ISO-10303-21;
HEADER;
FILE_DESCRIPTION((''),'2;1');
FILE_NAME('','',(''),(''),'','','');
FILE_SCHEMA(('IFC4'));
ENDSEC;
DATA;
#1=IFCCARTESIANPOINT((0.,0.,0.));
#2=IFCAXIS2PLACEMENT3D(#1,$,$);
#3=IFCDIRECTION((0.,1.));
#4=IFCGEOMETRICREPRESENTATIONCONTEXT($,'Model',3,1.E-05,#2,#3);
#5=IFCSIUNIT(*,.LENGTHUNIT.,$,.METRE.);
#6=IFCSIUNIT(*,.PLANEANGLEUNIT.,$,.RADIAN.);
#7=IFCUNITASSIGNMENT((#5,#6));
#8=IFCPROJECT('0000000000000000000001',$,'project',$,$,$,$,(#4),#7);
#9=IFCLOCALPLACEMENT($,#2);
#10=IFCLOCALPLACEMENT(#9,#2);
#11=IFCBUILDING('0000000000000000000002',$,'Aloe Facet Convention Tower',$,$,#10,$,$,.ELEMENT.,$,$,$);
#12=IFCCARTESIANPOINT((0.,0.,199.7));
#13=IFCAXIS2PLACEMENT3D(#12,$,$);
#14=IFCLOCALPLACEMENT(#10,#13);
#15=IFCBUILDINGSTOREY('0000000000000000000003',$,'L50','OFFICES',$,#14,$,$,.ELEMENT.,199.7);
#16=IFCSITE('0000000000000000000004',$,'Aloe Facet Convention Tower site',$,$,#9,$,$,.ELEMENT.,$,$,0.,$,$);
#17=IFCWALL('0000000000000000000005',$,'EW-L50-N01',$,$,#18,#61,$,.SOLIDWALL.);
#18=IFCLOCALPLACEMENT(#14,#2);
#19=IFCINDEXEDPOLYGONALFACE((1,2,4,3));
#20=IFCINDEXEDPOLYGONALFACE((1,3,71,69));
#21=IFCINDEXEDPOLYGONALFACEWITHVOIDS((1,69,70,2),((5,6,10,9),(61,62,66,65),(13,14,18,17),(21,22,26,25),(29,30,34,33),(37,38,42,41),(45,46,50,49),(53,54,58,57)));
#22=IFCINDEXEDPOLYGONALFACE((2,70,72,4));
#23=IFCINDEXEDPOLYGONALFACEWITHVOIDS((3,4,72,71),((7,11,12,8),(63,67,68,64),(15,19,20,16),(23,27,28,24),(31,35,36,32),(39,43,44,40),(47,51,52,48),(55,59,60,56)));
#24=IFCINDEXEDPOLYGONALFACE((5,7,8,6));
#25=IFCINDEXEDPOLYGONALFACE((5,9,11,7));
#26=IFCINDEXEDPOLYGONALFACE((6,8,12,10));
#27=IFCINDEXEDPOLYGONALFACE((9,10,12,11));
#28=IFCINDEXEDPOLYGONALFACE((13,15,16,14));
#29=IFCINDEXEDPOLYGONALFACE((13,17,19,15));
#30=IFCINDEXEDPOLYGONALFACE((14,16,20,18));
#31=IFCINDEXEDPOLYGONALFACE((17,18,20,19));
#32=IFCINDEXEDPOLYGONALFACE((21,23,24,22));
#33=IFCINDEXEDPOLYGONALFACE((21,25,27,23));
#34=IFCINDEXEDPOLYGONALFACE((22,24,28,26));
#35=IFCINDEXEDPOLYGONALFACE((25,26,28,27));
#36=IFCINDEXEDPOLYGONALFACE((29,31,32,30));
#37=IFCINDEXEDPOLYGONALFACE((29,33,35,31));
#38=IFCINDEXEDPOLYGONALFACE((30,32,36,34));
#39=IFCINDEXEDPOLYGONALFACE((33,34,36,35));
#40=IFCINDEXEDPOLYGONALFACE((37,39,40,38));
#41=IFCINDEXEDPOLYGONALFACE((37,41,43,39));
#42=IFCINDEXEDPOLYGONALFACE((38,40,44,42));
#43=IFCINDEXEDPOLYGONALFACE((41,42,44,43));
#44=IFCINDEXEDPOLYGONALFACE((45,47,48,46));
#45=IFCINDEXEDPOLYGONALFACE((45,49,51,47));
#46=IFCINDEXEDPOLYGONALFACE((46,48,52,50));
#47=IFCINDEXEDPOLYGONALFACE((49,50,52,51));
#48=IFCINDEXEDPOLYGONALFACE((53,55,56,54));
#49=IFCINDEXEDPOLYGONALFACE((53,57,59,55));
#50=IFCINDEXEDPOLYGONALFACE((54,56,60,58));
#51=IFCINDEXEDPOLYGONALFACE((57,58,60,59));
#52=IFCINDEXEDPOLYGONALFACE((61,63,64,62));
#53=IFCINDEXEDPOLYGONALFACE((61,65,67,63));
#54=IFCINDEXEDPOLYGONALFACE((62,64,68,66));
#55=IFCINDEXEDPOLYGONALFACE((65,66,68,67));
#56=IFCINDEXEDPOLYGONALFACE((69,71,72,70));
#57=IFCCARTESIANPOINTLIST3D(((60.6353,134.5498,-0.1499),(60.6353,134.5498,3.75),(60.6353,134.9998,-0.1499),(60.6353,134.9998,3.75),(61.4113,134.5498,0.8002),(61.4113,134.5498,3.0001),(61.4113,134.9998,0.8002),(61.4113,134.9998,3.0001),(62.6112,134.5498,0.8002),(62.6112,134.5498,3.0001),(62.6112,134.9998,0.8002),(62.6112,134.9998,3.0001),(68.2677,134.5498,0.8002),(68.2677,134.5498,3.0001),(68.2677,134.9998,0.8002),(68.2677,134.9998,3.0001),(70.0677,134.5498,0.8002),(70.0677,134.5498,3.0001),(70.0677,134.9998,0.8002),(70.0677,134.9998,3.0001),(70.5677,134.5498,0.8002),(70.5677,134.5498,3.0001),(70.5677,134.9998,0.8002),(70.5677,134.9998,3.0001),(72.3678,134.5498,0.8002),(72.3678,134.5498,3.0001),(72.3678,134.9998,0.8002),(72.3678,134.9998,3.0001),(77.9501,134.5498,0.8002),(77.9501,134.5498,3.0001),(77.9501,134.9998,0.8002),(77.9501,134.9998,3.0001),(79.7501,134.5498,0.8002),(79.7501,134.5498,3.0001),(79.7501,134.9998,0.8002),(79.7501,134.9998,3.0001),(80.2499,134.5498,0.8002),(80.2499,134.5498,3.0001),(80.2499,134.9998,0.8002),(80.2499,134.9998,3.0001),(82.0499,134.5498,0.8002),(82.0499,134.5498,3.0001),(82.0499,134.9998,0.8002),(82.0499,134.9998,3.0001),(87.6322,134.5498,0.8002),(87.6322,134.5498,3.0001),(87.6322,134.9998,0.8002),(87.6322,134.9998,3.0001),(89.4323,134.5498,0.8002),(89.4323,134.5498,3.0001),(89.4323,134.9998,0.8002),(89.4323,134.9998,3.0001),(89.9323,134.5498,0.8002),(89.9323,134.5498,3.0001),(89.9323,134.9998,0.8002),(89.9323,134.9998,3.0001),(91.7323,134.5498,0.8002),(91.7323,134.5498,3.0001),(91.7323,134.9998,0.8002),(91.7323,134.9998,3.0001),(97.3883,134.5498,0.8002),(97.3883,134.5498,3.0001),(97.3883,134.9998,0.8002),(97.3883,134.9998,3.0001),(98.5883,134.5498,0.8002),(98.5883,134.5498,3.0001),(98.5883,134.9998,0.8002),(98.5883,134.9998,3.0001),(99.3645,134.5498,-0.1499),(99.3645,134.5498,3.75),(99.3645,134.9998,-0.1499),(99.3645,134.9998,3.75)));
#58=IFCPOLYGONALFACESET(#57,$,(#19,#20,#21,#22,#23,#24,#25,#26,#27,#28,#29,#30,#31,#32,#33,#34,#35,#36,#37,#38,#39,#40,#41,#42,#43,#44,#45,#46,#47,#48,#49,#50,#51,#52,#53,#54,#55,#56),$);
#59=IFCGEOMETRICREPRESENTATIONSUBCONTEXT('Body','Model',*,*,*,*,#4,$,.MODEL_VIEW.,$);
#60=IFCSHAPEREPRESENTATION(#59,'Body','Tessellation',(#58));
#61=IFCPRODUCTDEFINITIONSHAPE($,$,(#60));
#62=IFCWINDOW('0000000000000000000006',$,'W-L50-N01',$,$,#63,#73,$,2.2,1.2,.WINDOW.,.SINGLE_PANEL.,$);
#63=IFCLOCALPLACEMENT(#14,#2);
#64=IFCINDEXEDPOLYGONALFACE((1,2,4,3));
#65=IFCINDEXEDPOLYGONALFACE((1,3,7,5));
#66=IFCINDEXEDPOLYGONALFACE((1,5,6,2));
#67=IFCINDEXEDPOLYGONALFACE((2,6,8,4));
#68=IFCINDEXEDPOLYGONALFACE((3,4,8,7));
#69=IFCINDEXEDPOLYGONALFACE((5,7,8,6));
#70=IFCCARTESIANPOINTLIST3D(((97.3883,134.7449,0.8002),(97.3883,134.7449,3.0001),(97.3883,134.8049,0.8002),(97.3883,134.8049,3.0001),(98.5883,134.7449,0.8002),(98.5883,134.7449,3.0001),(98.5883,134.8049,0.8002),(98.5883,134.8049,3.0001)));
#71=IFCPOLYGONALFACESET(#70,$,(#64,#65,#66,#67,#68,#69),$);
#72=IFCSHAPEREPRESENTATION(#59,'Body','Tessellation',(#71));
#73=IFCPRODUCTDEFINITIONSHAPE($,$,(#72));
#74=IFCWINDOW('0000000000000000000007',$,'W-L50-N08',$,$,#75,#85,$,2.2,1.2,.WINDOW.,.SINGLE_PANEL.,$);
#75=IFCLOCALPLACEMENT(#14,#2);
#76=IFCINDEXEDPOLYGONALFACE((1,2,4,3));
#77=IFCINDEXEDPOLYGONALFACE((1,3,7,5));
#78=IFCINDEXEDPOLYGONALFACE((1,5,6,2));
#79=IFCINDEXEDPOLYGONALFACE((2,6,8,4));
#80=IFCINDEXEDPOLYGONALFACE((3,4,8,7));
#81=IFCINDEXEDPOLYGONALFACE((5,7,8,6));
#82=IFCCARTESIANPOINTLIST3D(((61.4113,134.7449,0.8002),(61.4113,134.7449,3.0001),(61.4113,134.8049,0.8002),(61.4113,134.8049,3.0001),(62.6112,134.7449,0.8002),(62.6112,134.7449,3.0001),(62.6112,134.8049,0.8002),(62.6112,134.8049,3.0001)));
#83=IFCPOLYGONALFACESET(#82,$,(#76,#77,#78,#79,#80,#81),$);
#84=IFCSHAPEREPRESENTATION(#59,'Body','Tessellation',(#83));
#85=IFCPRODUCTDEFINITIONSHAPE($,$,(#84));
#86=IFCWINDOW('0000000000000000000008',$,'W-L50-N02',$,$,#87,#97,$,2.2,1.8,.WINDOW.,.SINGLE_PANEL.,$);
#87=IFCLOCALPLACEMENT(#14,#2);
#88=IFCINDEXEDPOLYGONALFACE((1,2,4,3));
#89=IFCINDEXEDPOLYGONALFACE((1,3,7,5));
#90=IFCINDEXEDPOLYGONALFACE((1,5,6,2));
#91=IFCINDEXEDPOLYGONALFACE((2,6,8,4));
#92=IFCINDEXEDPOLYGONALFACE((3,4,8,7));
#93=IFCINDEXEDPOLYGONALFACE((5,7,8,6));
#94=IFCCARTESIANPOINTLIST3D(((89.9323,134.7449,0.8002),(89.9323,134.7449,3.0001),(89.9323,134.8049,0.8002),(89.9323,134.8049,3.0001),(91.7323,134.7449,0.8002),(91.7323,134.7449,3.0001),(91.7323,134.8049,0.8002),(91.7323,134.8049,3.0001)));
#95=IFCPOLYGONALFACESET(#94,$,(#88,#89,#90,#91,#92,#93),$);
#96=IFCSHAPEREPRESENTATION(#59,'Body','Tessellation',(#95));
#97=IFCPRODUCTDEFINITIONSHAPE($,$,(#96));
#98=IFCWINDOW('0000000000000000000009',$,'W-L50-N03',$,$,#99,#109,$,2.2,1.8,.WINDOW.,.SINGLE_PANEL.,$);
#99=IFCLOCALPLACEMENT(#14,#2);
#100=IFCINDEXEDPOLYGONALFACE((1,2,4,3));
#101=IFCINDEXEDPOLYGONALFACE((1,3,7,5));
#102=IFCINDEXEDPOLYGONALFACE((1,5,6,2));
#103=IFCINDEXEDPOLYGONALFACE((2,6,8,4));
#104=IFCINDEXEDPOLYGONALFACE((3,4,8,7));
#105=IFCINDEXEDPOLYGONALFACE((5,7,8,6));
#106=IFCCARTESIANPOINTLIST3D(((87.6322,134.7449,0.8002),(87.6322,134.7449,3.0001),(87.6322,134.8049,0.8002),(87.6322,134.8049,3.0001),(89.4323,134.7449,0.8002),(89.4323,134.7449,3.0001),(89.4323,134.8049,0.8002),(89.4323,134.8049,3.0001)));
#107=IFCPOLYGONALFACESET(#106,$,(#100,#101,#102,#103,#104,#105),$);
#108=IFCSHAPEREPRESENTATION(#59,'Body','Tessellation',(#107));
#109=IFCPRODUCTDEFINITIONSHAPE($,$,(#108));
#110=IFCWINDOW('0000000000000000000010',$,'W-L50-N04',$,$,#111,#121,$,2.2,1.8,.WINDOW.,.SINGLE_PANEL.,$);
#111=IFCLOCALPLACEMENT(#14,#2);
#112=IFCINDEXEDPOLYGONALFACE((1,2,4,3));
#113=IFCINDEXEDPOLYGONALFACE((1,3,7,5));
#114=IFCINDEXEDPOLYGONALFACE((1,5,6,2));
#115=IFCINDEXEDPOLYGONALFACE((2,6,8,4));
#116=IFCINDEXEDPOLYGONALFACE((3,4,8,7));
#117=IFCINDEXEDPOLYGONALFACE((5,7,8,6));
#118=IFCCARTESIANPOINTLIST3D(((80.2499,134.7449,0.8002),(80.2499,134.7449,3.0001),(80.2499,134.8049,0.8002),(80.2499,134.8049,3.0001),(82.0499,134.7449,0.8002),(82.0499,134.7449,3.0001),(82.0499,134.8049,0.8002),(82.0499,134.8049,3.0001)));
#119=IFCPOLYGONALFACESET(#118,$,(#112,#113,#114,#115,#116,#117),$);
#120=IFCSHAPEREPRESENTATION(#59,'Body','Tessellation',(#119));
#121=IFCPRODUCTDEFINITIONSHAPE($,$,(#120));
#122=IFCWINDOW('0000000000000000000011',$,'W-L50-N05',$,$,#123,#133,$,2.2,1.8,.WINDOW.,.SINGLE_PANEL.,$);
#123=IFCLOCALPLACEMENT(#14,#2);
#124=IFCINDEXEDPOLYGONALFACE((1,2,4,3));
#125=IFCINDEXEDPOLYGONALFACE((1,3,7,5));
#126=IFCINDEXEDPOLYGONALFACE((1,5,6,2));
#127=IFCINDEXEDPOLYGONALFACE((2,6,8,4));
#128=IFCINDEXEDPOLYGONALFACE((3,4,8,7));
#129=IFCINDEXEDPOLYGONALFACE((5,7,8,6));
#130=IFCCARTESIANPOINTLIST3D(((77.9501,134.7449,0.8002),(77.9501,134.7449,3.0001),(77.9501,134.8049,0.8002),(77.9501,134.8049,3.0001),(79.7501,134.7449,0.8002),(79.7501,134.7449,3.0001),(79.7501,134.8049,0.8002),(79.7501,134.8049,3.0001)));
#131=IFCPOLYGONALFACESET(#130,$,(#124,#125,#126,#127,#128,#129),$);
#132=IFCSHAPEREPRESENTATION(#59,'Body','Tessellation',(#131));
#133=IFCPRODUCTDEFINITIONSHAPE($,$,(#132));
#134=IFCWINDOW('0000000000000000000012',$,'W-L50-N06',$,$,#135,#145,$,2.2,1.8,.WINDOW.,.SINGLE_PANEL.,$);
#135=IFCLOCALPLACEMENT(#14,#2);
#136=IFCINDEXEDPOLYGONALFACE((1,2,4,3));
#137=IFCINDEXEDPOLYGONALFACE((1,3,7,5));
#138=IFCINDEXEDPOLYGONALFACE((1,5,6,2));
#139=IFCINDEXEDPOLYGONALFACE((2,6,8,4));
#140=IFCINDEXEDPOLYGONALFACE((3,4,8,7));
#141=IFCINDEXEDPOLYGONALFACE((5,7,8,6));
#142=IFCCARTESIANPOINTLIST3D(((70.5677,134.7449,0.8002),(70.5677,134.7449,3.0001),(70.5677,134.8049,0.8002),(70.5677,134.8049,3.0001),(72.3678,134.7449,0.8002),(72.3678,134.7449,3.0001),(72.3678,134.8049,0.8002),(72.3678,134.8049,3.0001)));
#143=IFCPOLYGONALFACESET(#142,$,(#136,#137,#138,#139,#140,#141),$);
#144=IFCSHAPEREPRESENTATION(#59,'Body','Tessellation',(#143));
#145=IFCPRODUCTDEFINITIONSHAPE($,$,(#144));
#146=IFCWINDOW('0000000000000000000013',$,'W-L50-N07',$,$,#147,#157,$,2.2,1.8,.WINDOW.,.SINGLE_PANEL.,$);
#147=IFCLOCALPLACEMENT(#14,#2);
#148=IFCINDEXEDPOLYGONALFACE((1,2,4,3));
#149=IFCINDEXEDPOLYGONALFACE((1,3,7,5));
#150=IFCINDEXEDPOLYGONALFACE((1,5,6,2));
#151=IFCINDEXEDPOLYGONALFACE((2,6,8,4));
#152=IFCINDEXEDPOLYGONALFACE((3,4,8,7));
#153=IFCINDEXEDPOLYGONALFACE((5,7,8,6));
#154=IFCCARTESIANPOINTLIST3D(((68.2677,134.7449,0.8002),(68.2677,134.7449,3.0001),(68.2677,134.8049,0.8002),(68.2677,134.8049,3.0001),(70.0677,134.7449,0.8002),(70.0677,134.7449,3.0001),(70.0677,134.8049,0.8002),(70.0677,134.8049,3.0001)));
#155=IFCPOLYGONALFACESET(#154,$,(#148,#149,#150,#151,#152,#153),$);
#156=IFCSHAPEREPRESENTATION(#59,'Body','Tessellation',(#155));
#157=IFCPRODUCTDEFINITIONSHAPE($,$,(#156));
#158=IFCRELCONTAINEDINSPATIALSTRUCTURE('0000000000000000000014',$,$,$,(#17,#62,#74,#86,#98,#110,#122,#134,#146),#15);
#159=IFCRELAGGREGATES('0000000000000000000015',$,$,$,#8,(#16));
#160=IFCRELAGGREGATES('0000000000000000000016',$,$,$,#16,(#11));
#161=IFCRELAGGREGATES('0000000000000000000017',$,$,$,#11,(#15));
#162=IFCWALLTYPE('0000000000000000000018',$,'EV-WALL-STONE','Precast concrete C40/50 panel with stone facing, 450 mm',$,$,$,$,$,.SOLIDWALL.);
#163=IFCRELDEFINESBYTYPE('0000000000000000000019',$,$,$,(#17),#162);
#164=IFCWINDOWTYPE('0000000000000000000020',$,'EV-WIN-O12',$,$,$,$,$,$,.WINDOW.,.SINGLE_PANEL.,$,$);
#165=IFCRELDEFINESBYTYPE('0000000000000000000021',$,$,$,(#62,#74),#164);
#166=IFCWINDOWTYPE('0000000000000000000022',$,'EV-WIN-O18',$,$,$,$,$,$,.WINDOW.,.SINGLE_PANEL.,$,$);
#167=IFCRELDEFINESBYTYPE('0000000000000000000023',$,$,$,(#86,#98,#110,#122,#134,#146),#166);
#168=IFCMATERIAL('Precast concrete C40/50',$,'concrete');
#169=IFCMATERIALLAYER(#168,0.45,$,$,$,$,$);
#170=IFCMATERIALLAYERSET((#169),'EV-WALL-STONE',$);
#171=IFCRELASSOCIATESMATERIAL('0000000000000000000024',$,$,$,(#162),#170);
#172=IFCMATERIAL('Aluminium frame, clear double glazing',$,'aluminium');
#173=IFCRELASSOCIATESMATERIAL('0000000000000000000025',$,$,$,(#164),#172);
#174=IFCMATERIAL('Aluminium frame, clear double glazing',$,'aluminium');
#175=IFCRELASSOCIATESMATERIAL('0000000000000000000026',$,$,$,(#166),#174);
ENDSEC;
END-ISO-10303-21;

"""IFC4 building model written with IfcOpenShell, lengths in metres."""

from ifc_helpers import new_model, si_unit, direction, frame, frame_2d, origin, place, context, subcontext, project, spatial, polyline, rectangle, outline, extrude, material, layer, layer_set, type_object, element, fill, save


model = new_model("IFC4")

# Units and contexts
model_context = context("Model", 3, precision=1e-05, world=origin(), true_north=direction((0.0, 1.0)))
body_context = subcontext(model_context, "Body", "Model", "MODEL_VIEW")
ifc_project = project(units=[si_unit("LENGTHUNIT", "METRE"), si_unit("PLANEANGLEUNIT", "RADIAN")], contexts=[model_context])

# Site, building, storey
site_placement = place(None, origin())
site = spatial("IfcSite", under=ifc_project, at=site_placement, Name="Aloe Facet Convention Tower site", CompositionType="ELEMENT", RefElevation=0.0)
building_placement = place(site_placement, origin())
building = spatial("IfcBuilding", under=site, at=building_placement, Name="Aloe Facet Convention Tower", CompositionType="ELEMENT")
storey_placement = place(building_placement, frame((0.0, 0.0, 199.7)))
storey = spatial("IfcBuildingStorey", under=building, at=storey_placement, Name="L50", Description="OFFICES", CompositionType="ELEMENT", Elevation=199.7)

# Wall, openings, windows
ifc_material_1 = material(Name="Precast concrete C40/50", Category="concrete")
ifc_layer_1 = layer(ifc_material_1, 0.45)
ifc_layer_set_1 = layer_set([ifc_layer_1], Name="EV-WALL-STONE")
wall_type_1 = type_object("IfcWallType", Name="EV-WALL-STONE", Description="Precast concrete C40/50 panel with stone facing, 450 mm", PredefinedType="SOLIDWALL", material=ifc_layer_set_1)
wall_1_placement = place(storey_placement, frame((99.3645, 134.7749, -0.1499), z_axis=(0.0, 0.0, 1.0), x_axis=(-1.0, 0.0, 0.0)))
wall_1 = element("IfcWall", 1, at=wall_1_placement, inside=storey, type_object=wall_type_1, Name="EW-L50-N01", PredefinedType="SOLIDWALL", context=body_context, shape_type="SweptSolid", body=[
    extrude(outline(polyline([(38.7292, 0.0), (38.7292, 3.8999), (0.0, 3.8999), (0.0, 0.0), (38.7292, 0.0)])), frame((0.0, 0.2251, 0.0), z_axis=(0.0, -1.0, 0.0), x_axis=(1.0, 0.0, 0.0)), (0.0, 0.0, 1.0), 0.45),
])
opening_1_placement = place(wall_1_placement, frame((0.7761, 0.0, 0.95)))
opening_1 = element("IfcOpeningElement", 2, at=opening_1_placement, cuts=wall_1, PredefinedType="OPENING", context=body_context, shape_type="SweptSolid", body=[
    extrude(rectangle(XDim=1.2, YDim=2.2, at=frame_2d((0.6001, 1.1001))), frame((0.0, 0.2349, 0.0), z_axis=(0.0, -1.0, 0.0), x_axis=(1.0, 0.0, 0.0)), (0.0, 0.0, 1.0), 0.47),
])
opening_2_placement = place(wall_1_placement, frame((7.6323, 0.0, 0.95)))
opening_2 = element("IfcOpeningElement", 3, at=opening_2_placement, cuts=wall_1, PredefinedType="OPENING", context=body_context, shape_type="SweptSolid", body=[
    extrude(rectangle(XDim=1.8, YDim=2.2, at=frame_2d((0.8999, 1.1001))), frame((0.0, 0.2349, 0.0), z_axis=(0.0, -1.0, 0.0), x_axis=(1.0, 0.0, 0.0)), (0.0, 0.0, 1.0), 0.47),
])
opening_3_placement = place(wall_1_placement, frame((9.9324, 0.0, 0.95)))
opening_3 = element("IfcOpeningElement", 4, at=opening_3_placement, cuts=wall_1, PredefinedType="OPENING", context=body_context, shape_type="SweptSolid", body=[
    extrude(rectangle(XDim=1.8, YDim=2.2, at=frame_2d((0.8999, 1.1001))), frame((0.0, 0.2349, 0.0), z_axis=(0.0, -1.0, 0.0), x_axis=(1.0, 0.0, 0.0)), (0.0, 0.0, 1.0), 0.47),
])
opening_4_placement = place(wall_1_placement, frame((17.3147, 0.0, 0.95)))
opening_4 = element("IfcOpeningElement", 5, at=opening_4_placement, cuts=wall_1, PredefinedType="OPENING", context=body_context, shape_type="SweptSolid", body=[
    extrude(rectangle(XDim=1.8, YDim=2.2, at=frame_2d((0.8999, 1.1001))), frame((0.0, 0.2349, 0.0), z_axis=(0.0, -1.0, 0.0), x_axis=(1.0, 0.0, 0.0)), (0.0, 0.0, 1.0), 0.47),
])
opening_5_placement = place(wall_1_placement, frame((19.6145, 0.0, 0.95)))
opening_5 = element("IfcOpeningElement", 6, at=opening_5_placement, cuts=wall_1, PredefinedType="OPENING", context=body_context, shape_type="SweptSolid", body=[
    extrude(rectangle(XDim=1.8, YDim=2.2, at=frame_2d((0.8999, 1.1001))), frame((0.0, 0.2349, 0.0), z_axis=(0.0, -1.0, 0.0), x_axis=(1.0, 0.0, 0.0)), (0.0, 0.0, 1.0), 0.47),
])
opening_6_placement = place(wall_1_placement, frame((26.9968, 0.0, 0.95)))
opening_6 = element("IfcOpeningElement", 7, at=opening_6_placement, cuts=wall_1, PredefinedType="OPENING", context=body_context, shape_type="SweptSolid", body=[
    extrude(rectangle(XDim=1.8, YDim=2.2, at=frame_2d((0.8999, 1.1001))), frame((0.0, 0.2349, 0.0), z_axis=(0.0, -1.0, 0.0), x_axis=(1.0, 0.0, 0.0)), (0.0, 0.0, 1.0), 0.47),
])
opening_7_placement = place(wall_1_placement, frame((29.2969, 0.0, 0.95)))
opening_7 = element("IfcOpeningElement", 8, at=opening_7_placement, cuts=wall_1, PredefinedType="OPENING", context=body_context, shape_type="SweptSolid", body=[
    extrude(rectangle(XDim=1.8, YDim=2.2, at=frame_2d((0.8999, 1.1001))), frame((0.0, 0.2349, 0.0), z_axis=(0.0, -1.0, 0.0), x_axis=(1.0, 0.0, 0.0)), (0.0, 0.0, 1.0), 0.47),
])
opening_8_placement = place(wall_1_placement, frame((36.7532, 0.0, 0.95)))
opening_8 = element("IfcOpeningElement", 9, at=opening_8_placement, cuts=wall_1, PredefinedType="OPENING", context=body_context, shape_type="SweptSolid", body=[
    extrude(rectangle(XDim=1.2, YDim=2.2, at=frame_2d((0.6001, 1.1001))), frame((0.0, 0.2349, 0.0), z_axis=(0.0, -1.0, 0.0), x_axis=(1.0, 0.0, 0.0)), (0.0, 0.0, 1.0), 0.47),
])
ifc_material_2 = material(Name="Aluminium frame, clear double glazing", Category="aluminium")
window_type_1 = type_object("IfcWindowType", Name="EV-WIN-O12", PartitioningType="SINGLE_PANEL", PredefinedType="WINDOW", material=ifc_material_2)
window_1_placement = place(opening_1_placement, origin())
window_1 = element("IfcWindow", 10, at=window_1_placement, inside=storey, type_object=window_type_1, Name="W-L50-N01", OverallHeight=2.2, OverallWidth=1.2, PartitioningType="SINGLE_PANEL", PredefinedType="WINDOW", context=body_context, shape_type="SweptSolid", body=[
    extrude(rectangle(XDim=1.2, YDim=2.2, at=frame_2d((0.6001, 1.1001))), frame((0.0, 0.03, 0.0), z_axis=(0.0, -1.0, 0.0), x_axis=(1.0, 0.0, 0.0)), (0.0, 0.0, 1.0), 0.0601),
])
fill(opening_1, window_1)
window_2_placement = place(opening_8_placement, origin())
window_2 = element("IfcWindow", 11, at=window_2_placement, inside=storey, type_object=window_type_1, Name="W-L50-N08", OverallHeight=2.2, OverallWidth=1.2, PartitioningType="SINGLE_PANEL", PredefinedType="WINDOW", context=body_context, shape_type="SweptSolid", body=[
    extrude(rectangle(XDim=1.2, YDim=2.2, at=frame_2d((0.6001, 1.1001))), frame((0.0, 0.03, 0.0), z_axis=(0.0, -1.0, 0.0), x_axis=(1.0, 0.0, 0.0)), (0.0, 0.0, 1.0), 0.0601),
])
fill(opening_8, window_2)
ifc_material_3 = material(Name="Aluminium frame, clear double glazing", Category="aluminium")
window_type_2 = type_object("IfcWindowType", Name="EV-WIN-O18", PartitioningType="SINGLE_PANEL", PredefinedType="WINDOW", material=ifc_material_3)
window_3_placement = place(opening_2_placement, origin())
window_3 = element("IfcWindow", 12, at=window_3_placement, inside=storey, type_object=window_type_2, Name="W-L50-N02", OverallHeight=2.2, OverallWidth=1.8, PartitioningType="SINGLE_PANEL", PredefinedType="WINDOW", context=body_context, shape_type="SweptSolid", body=[
    extrude(rectangle(XDim=1.8, YDim=2.2, at=frame_2d((0.8999, 1.1001))), frame((0.0, 0.03, 0.0), z_axis=(0.0, -1.0, 0.0), x_axis=(1.0, 0.0, 0.0)), (0.0, 0.0, 1.0), 0.0601),
])
fill(opening_2, window_3)
window_4_placement = place(opening_3_placement, origin())
window_4 = element("IfcWindow", 13, at=window_4_placement, inside=storey, type_object=window_type_2, Name="W-L50-N03", OverallHeight=2.2, OverallWidth=1.8, PartitioningType="SINGLE_PANEL", PredefinedType="WINDOW", context=body_context, shape_type="SweptSolid", body=[
    extrude(rectangle(XDim=1.8, YDim=2.2, at=frame_2d((0.8999, 1.1001))), frame((0.0, 0.03, 0.0), z_axis=(0.0, -1.0, 0.0), x_axis=(1.0, 0.0, 0.0)), (0.0, 0.0, 1.0), 0.0601),
])
fill(opening_3, window_4)
window_5_placement = place(opening_4_placement, origin())
window_5 = element("IfcWindow", 14, at=window_5_placement, inside=storey, type_object=window_type_2, Name="W-L50-N04", OverallHeight=2.2, OverallWidth=1.8, PartitioningType="SINGLE_PANEL", PredefinedType="WINDOW", context=body_context, shape_type="SweptSolid", body=[
    extrude(rectangle(XDim=1.8, YDim=2.2, at=frame_2d((0.8999, 1.1001))), frame((0.0, 0.03, 0.0), z_axis=(0.0, -1.0, 0.0), x_axis=(1.0, 0.0, 0.0)), (0.0, 0.0, 1.0), 0.0601),
])
fill(opening_4, window_5)
window_6_placement = place(opening_5_placement, origin())
window_6 = element("IfcWindow", 15, at=window_6_placement, inside=storey, type_object=window_type_2, Name="W-L50-N05", OverallHeight=2.2, OverallWidth=1.8, PartitioningType="SINGLE_PANEL", PredefinedType="WINDOW", context=body_context, shape_type="SweptSolid", body=[
    extrude(rectangle(XDim=1.8, YDim=2.2, at=frame_2d((0.8999, 1.1001))), frame((0.0, 0.03, 0.0), z_axis=(0.0, -1.0, 0.0), x_axis=(1.0, 0.0, 0.0)), (0.0, 0.0, 1.0), 0.0601),
])
fill(opening_5, window_6)
window_7_placement = place(opening_6_placement, origin())
window_7 = element("IfcWindow", 16, at=window_7_placement, inside=storey, type_object=window_type_2, Name="W-L50-N06", OverallHeight=2.2, OverallWidth=1.8, PartitioningType="SINGLE_PANEL", PredefinedType="WINDOW", context=body_context, shape_type="SweptSolid", body=[
    extrude(rectangle(XDim=1.8, YDim=2.2, at=frame_2d((0.8999, 1.1001))), frame((0.0, 0.03, 0.0), z_axis=(0.0, -1.0, 0.0), x_axis=(1.0, 0.0, 0.0)), (0.0, 0.0, 1.0), 0.0601),
])
fill(opening_6, window_7)
window_8_placement = place(opening_7_placement, origin())
window_8 = element("IfcWindow", 17, at=window_8_placement, inside=storey, type_object=window_type_2, Name="W-L50-N07", OverallHeight=2.2, OverallWidth=1.8, PartitioningType="SINGLE_PANEL", PredefinedType="WINDOW", context=body_context, shape_type="SweptSolid", body=[
    extrude(rectangle(XDim=1.8, YDim=2.2, at=frame_2d((0.8999, 1.1001))), frame((0.0, 0.03, 0.0), z_axis=(0.0, -1.0, 0.0), x_axis=(1.0, 0.0, 0.0)), (0.0, 0.0, 1.0), 0.0601),
])
fill(opening_7, window_8)

save(model, "model.ifc")
